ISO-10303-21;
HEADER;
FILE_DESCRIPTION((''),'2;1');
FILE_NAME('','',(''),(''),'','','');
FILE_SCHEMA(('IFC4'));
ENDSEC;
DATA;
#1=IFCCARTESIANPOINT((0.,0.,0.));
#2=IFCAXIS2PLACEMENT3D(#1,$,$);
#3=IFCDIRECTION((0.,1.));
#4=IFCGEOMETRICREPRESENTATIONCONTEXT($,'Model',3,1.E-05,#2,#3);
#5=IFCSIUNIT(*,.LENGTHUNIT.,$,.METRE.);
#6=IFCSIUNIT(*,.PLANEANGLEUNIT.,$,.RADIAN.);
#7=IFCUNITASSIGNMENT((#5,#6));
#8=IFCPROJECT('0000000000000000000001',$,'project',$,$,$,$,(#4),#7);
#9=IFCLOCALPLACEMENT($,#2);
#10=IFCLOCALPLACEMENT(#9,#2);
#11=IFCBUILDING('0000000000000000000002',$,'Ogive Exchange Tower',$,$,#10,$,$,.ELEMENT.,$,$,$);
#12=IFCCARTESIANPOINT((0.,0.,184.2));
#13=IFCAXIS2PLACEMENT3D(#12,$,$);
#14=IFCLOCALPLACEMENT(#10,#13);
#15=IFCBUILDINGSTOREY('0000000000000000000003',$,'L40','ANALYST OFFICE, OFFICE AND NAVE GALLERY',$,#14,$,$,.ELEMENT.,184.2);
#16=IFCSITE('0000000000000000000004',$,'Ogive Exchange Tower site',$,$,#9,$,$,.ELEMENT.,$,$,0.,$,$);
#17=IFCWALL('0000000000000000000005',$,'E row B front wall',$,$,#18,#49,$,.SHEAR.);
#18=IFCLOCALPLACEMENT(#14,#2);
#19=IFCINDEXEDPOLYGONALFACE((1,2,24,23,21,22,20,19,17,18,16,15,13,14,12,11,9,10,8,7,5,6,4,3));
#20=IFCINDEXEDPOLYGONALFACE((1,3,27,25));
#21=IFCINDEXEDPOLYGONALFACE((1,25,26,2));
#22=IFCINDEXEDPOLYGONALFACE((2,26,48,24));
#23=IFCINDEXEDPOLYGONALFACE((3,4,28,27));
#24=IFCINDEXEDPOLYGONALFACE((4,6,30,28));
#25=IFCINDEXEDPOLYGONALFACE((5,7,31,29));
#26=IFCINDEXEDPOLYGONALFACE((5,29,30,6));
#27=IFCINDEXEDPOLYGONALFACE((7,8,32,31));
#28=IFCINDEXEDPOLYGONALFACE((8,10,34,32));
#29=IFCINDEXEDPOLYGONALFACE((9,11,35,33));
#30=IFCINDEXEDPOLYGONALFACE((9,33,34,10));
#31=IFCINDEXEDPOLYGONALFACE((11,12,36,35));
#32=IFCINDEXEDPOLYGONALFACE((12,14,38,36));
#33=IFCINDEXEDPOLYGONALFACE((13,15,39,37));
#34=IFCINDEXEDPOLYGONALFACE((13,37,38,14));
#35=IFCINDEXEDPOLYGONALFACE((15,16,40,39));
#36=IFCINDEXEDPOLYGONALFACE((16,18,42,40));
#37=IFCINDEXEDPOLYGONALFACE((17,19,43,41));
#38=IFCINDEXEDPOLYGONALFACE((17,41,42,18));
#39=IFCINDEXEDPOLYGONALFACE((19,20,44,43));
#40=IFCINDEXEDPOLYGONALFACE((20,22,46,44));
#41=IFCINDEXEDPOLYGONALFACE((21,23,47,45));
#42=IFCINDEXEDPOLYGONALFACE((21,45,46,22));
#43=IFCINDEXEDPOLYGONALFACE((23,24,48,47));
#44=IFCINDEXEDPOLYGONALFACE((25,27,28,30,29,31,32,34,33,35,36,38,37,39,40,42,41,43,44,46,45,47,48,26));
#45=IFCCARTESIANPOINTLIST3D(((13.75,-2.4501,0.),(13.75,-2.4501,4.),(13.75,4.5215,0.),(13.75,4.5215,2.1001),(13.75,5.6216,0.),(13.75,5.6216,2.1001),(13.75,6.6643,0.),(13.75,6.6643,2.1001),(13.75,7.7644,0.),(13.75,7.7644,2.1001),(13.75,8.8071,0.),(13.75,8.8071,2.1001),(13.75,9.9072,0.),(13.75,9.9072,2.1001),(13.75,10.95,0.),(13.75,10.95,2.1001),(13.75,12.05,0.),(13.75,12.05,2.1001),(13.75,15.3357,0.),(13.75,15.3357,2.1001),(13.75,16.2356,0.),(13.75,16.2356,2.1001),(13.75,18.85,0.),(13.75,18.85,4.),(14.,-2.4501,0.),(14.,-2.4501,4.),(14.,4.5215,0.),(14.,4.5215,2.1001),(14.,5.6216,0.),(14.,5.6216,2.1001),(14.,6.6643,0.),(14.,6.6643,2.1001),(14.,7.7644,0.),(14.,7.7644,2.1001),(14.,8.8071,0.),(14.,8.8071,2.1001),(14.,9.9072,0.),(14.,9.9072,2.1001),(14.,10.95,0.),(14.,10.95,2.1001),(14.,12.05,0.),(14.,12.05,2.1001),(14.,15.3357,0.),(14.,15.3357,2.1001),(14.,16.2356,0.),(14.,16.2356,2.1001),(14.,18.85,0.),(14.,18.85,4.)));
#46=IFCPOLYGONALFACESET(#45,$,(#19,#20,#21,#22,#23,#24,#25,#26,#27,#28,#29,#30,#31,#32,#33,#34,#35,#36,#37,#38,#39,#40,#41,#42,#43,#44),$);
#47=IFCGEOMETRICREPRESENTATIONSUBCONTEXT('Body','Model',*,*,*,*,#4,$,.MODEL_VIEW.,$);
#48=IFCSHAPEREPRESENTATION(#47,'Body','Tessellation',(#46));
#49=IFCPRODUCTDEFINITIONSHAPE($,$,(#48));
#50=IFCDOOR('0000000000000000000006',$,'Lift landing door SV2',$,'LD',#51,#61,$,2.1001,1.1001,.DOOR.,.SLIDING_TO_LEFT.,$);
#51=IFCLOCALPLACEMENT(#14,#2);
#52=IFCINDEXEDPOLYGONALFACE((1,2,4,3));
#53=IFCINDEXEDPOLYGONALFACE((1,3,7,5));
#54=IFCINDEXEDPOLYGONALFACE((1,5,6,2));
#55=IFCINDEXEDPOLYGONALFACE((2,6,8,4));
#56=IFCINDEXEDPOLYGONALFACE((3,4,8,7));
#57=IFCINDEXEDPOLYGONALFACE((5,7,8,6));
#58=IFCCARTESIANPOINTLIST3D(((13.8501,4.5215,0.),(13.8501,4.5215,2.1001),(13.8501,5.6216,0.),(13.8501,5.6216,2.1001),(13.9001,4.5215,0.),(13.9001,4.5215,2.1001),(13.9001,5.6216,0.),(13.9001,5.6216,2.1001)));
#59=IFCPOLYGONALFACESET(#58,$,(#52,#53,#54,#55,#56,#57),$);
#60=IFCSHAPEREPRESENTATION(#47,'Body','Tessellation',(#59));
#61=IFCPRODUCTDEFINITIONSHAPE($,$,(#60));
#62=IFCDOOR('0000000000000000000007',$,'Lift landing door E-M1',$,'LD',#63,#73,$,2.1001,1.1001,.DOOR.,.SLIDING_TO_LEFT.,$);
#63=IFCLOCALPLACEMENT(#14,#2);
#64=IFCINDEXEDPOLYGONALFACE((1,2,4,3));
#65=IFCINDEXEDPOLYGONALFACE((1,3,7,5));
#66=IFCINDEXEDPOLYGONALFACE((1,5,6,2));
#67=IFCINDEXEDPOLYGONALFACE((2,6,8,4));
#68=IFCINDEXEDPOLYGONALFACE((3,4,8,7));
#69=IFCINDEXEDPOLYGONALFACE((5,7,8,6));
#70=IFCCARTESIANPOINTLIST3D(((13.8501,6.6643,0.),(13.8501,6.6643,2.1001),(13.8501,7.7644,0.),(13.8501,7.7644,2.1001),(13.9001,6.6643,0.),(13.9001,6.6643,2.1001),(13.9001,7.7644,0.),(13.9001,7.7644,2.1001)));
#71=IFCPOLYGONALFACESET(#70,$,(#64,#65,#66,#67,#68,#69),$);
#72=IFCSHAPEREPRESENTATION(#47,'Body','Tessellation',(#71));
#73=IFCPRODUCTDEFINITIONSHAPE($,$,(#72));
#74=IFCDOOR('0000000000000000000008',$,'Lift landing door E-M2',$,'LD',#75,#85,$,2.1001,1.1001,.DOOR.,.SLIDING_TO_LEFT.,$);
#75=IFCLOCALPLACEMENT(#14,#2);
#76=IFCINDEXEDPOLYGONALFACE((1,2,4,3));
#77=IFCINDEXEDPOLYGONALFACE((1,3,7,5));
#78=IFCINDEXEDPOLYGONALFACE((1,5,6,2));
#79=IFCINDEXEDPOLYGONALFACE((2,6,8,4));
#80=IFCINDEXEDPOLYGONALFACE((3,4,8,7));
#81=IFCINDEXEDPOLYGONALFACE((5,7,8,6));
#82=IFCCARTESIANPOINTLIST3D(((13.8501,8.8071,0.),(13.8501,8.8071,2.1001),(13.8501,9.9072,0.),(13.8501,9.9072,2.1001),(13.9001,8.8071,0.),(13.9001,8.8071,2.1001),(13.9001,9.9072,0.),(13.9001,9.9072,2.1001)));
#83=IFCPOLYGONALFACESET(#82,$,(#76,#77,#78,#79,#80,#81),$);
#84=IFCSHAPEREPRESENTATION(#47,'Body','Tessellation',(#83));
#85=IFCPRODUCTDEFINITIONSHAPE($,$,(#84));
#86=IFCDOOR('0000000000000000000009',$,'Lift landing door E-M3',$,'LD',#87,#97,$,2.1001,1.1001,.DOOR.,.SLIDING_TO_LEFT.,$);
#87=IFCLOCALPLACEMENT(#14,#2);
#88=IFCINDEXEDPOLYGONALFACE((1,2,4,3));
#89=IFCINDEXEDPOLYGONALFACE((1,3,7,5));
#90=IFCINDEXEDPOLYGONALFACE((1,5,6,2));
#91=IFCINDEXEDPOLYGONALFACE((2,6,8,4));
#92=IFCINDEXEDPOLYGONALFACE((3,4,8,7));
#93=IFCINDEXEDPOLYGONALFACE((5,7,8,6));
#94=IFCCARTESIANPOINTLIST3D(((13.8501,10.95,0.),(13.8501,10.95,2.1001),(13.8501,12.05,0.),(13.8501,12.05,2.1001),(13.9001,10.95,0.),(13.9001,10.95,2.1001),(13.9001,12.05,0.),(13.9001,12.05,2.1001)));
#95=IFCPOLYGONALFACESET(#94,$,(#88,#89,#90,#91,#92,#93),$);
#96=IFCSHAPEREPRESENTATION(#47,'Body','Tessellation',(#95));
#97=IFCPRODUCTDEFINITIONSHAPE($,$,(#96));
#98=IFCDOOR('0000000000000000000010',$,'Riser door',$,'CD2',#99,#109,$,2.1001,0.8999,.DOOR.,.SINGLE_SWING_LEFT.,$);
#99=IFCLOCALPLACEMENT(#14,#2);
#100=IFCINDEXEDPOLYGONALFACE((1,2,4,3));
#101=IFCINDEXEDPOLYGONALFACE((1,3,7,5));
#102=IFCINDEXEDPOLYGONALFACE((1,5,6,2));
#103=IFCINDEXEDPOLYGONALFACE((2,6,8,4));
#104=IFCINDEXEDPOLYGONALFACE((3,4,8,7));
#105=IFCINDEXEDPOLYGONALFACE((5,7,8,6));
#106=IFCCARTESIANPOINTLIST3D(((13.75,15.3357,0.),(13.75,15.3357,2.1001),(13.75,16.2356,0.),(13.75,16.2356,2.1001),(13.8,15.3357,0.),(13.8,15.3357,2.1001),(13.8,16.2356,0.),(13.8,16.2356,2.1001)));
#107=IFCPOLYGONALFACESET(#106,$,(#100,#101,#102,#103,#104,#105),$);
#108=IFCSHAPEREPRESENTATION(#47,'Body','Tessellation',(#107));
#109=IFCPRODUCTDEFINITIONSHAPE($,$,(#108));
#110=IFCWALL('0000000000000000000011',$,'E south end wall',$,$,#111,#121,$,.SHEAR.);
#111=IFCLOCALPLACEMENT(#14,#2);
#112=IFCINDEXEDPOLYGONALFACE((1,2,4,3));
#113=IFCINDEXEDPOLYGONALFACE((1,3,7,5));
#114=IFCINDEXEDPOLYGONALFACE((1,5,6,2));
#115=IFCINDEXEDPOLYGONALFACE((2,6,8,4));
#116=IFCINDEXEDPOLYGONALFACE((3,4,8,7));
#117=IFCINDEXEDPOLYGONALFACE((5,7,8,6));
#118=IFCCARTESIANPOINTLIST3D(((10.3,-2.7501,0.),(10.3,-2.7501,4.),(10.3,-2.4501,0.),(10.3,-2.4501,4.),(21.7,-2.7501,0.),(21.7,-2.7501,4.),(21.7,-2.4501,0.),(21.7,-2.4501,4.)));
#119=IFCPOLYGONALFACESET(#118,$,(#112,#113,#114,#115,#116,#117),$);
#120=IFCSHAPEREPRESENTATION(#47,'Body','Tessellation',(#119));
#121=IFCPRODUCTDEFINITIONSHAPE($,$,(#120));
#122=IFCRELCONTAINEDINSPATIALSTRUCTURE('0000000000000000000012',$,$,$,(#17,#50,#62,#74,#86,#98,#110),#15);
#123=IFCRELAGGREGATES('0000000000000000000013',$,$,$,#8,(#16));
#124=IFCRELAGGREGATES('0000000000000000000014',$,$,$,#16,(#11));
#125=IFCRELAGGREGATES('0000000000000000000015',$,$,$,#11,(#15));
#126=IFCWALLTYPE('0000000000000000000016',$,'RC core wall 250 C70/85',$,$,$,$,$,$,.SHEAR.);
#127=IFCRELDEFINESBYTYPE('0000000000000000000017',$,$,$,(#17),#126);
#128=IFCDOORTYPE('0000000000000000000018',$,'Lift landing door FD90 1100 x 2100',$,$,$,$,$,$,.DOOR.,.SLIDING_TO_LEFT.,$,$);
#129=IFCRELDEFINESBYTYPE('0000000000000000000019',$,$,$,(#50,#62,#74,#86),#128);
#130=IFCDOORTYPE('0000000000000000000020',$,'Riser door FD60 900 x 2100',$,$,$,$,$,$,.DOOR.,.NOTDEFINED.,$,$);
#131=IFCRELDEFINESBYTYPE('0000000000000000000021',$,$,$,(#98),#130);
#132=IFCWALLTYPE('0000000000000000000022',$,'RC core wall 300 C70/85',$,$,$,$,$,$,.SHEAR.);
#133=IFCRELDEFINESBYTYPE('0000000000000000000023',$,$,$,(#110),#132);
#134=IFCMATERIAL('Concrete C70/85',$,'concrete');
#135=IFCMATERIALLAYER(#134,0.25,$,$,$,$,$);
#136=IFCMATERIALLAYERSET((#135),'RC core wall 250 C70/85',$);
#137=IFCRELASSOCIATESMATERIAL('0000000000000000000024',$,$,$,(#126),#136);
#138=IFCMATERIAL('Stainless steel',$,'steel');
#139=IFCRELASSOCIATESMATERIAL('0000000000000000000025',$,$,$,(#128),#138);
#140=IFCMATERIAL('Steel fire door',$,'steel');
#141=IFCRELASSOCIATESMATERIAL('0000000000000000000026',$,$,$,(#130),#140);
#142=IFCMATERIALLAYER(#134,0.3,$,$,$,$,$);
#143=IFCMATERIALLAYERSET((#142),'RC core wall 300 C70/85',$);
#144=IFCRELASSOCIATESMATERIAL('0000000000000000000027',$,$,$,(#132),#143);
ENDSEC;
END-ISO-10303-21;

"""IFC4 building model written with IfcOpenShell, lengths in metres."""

from ifc_helpers import new_model, si_unit, direction, frame, frame_2d, origin, place, context, subcontext, project, spatial, rectangle, extrude, material, layer, layer_set, type_object, element, fill, save


model = new_model("IFC4")

# Units and contexts
model_context = context("Model", 3, precision=1e-05, world=origin(), true_north=direction((0.0, 1.0)))
body_context = subcontext(model_context, "Body", "Model", "MODEL_VIEW")
ifc_project = project(units=[si_unit("LENGTHUNIT", "METRE"), si_unit("PLANEANGLEUNIT", "RADIAN")], contexts=[model_context])

# Site, building, storey
site_placement = place(None, origin())
site = spatial("IfcSite", under=ifc_project, at=site_placement, Name="Ogive Exchange Tower site", CompositionType="ELEMENT", RefElevation=0.0)
building_placement = place(site_placement, origin())
building = spatial("IfcBuilding", under=site, at=building_placement, Name="Ogive Exchange Tower", CompositionType="ELEMENT")
storey_placement = place(building_placement, frame((0.0, 0.0, 184.2)))
storey = spatial("IfcBuildingStorey", under=building, at=storey_placement, Name="L40", Description="ANALYST OFFICE, OFFICE AND NAVE GALLERY", CompositionType="ELEMENT", Elevation=184.2)

# Shared definitions
ifc_material_1 = material(Name="Concrete C70/85", Category="concrete")
ifc_layer_1 = layer(ifc_material_1, 0.25)
ifc_layer_set_1 = layer_set([ifc_layer_1], Name="RC core wall 250 C70/85")
wall_type_1 = type_object("IfcWallType", Name="RC core wall 250 C70/85", PredefinedType="SHEAR", material=ifc_layer_set_1)
ifc_material_2 = material(Name="Steel fire door", Category="steel")

# Wall, openings, doors
wall_1_placement = place(storey_placement, frame((13.875, -2.45, 0.0), z_axis=(0.0, 0.0, 1.0), x_axis=(0.0, 1.0, 0.0)))
wall_1 = element("IfcWall", 1, at=wall_1_placement, inside=storey, type_object=wall_type_1, Name="E row B front wall", PredefinedType="SHEAR", context=body_context, shape_type="SweptSolid", body=[
    extrude(rectangle(XDim=21.3, YDim=0.25, at=frame_2d((10.6499, 0.0))), origin(), (0.0, 0.0, 1.0), 4.0),
])
opening_1_placement = place(wall_1_placement, frame((17.7856, 0.0, 0.0)))
opening_1 = element("IfcOpeningElement", 2, at=opening_1_placement, cuts=wall_1, PredefinedType="OPENING", context=body_context, shape_type="SweptSolid", body=[
    extrude(rectangle(XDim=0.8999, YDim=2.1001, at=frame_2d((0.45, 1.05))), frame((0.0, 0.135, 0.0), z_axis=(0.0, -1.0, 0.0), x_axis=(1.0, 0.0, 0.0)), (0.0, 0.0, 1.0), 0.27),
])
opening_2_placement = place(wall_1_placement, frame((6.9714, 0.0, 0.0)))
opening_2 = element("IfcOpeningElement", 3, at=opening_2_placement, cuts=wall_1, PredefinedType="OPENING", context=body_context, shape_type="SweptSolid", body=[
    extrude(rectangle(XDim=1.1001, YDim=2.1001, at=frame_2d((0.55, 1.05))), frame((0.0, 0.135, 0.0), z_axis=(0.0, -1.0, 0.0), x_axis=(1.0, 0.0, 0.0)), (0.0, 0.0, 1.0), 0.27),
])
opening_3_placement = place(wall_1_placement, frame((9.1143, 0.0, 0.0)))
opening_3 = element("IfcOpeningElement", 4, at=opening_3_placement, cuts=wall_1, PredefinedType="OPENING", context=body_context, shape_type="SweptSolid", body=[
    extrude(rectangle(XDim=1.1001, YDim=2.1001, at=frame_2d((0.55, 1.05))), frame((0.0, 0.135, 0.0), z_axis=(0.0, -1.0, 0.0), x_axis=(1.0, 0.0, 0.0)), (0.0, 0.0, 1.0), 0.27),
])
opening_4_placement = place(wall_1_placement, frame((11.2571, 0.0, 0.0)))
opening_4 = element("IfcOpeningElement", 5, at=opening_4_placement, cuts=wall_1, PredefinedType="OPENING", context=body_context, shape_type="SweptSolid", body=[
    extrude(rectangle(XDim=1.1001, YDim=2.1001, at=frame_2d((0.55, 1.05))), frame((0.0, 0.135, 0.0), z_axis=(0.0, -1.0, 0.0), x_axis=(1.0, 0.0, 0.0)), (0.0, 0.0, 1.0), 0.27),
])
opening_5_placement = place(wall_1_placement, frame((13.3999, 0.0, 0.0)))
opening_5 = element("IfcOpeningElement", 6, at=opening_5_placement, cuts=wall_1, PredefinedType="OPENING", context=body_context, shape_type="SweptSolid", body=[
    extrude(rectangle(XDim=1.1001, YDim=2.1001, at=frame_2d((0.55, 1.05))), frame((0.0, 0.135, 0.0), z_axis=(0.0, -1.0, 0.0), x_axis=(1.0, 0.0, 0.0)), (0.0, 0.0, 1.0), 0.27),
])
ifc_material_3 = material(Name="Stainless steel", Category="steel")
door_type_1 = type_object("IfcDoorType", Name="Lift landing door FD90 1100 x 2100", OperationType="SLIDING_TO_LEFT", PredefinedType="DOOR", material=ifc_material_3)
door_1_placement = place(opening_2_placement, origin())
door_1 = element("IfcDoor", 7, at=door_1_placement, inside=storey, type_object=door_type_1, Name="Lift landing door SV2", ObjectType="LD", OperationType="SLIDING_TO_LEFT", OverallHeight=2.1001, OverallWidth=1.1001, PredefinedType="DOOR", context=body_context, shape_type="SweptSolid", body=[
    extrude(rectangle(XDim=1.1001, YDim=2.1001, at=frame_2d((0.55, 1.05))), frame((0.0, 0.0249, 0.0), z_axis=(0.0, -1.0, 0.0), x_axis=(1.0, 0.0, 0.0)), (0.0, 0.0, 1.0), 0.05),
])
fill(opening_2, door_1)
door_2_placement = place(opening_3_placement, origin())
door_2 = element("IfcDoor", 8, at=door_2_placement, inside=storey, type_object=door_type_1, Name="Lift landing door E-M1", ObjectType="LD", OperationType="SLIDING_TO_LEFT", OverallHeight=2.1001, OverallWidth=1.1001, PredefinedType="DOOR", context=body_context, shape_type="SweptSolid", body=[
    extrude(rectangle(XDim=1.1001, YDim=2.1001, at=frame_2d((0.55, 1.05))), frame((0.0, 0.0249, 0.0), z_axis=(0.0, -1.0, 0.0), x_axis=(1.0, 0.0, 0.0)), (0.0, 0.0, 1.0), 0.05),
])
fill(opening_3, door_2)
door_3_placement = place(opening_4_placement, origin())
door_3 = element("IfcDoor", 9, at=door_3_placement, inside=storey, type_object=door_type_1, Name="Lift landing door E-M2", ObjectType="LD", OperationType="SLIDING_TO_LEFT", OverallHeight=2.1001, OverallWidth=1.1001, PredefinedType="DOOR", context=body_context, shape_type="SweptSolid", body=[
    extrude(rectangle(XDim=1.1001, YDim=2.1001, at=frame_2d((0.55, 1.05))), frame((0.0, 0.0249, 0.0), z_axis=(0.0, -1.0, 0.0), x_axis=(1.0, 0.0, 0.0)), (0.0, 0.0, 1.0), 0.05),
])
fill(opening_4, door_3)
door_4_placement = place(opening_5_placement, origin())
door_4 = element("IfcDoor", 10, at=door_4_placement, inside=storey, type_object=door_type_1, Name="Lift landing door E-M3", ObjectType="LD", OperationType="SLIDING_TO_LEFT", OverallHeight=2.1001, OverallWidth=1.1001, PredefinedType="DOOR", context=body_context, shape_type="SweptSolid", body=[
    extrude(rectangle(XDim=1.1001, YDim=2.1001, at=frame_2d((0.55, 1.05))), frame((0.0, 0.0249, 0.0), z_axis=(0.0, -1.0, 0.0), x_axis=(1.0, 0.0, 0.0)), (0.0, 0.0, 1.0), 0.05),
])
fill(opening_5, door_4)
door_type_2 = type_object("IfcDoorType", Name="Riser door FD60 900 x 2100", OperationType="NOTDEFINED", PredefinedType="DOOR", material=ifc_material_2)
door_5_placement = place(opening_1_placement, origin())
door_5 = element("IfcDoor", 11, at=door_5_placement, inside=storey, type_object=door_type_2, Name="Riser door", ObjectType="CD2", OperationType="SINGLE_SWING_LEFT", OverallHeight=2.1001, OverallWidth=0.8999, PredefinedType="DOOR", context=body_context, shape_type="SweptSolid", body=[
    extrude(rectangle(XDim=0.8999, YDim=2.1001, at=frame_2d((0.45, 1.05))), frame((0.0, 0.125, 0.0), z_axis=(0.0, -1.0, 0.0), x_axis=(1.0, 0.0, 0.0)), (0.0, 0.0, 1.0), 0.05),
])
fill(opening_1, door_5)

# Wall
ifc_layer_2 = layer(ifc_material_1, 0.3)
ifc_layer_set_2 = layer_set([ifc_layer_2], Name="RC core wall 300 C70/85")
wall_type_2 = type_object("IfcWallType", Name="RC core wall 300 C70/85", PredefinedType="SHEAR", material=ifc_layer_set_2)
wall_2_placement = place(storey_placement, frame((10.3, -2.6001, 0.0), z_axis=(0.0, 0.0, 1.0), x_axis=(1.0, 0.0, 0.0)))
element("IfcWall", 12, at=wall_2_placement, inside=storey, type_object=wall_type_2, Name="E south end wall", PredefinedType="SHEAR", context=body_context, shape_type="SweptSolid", body=[
    extrude(rectangle(XDim=11.3999, YDim=0.3, at=frame_2d((5.7, 0.0))), origin(), (0.0, 0.0, 1.0), 4.0),
])

save(model, "model.ifc")
